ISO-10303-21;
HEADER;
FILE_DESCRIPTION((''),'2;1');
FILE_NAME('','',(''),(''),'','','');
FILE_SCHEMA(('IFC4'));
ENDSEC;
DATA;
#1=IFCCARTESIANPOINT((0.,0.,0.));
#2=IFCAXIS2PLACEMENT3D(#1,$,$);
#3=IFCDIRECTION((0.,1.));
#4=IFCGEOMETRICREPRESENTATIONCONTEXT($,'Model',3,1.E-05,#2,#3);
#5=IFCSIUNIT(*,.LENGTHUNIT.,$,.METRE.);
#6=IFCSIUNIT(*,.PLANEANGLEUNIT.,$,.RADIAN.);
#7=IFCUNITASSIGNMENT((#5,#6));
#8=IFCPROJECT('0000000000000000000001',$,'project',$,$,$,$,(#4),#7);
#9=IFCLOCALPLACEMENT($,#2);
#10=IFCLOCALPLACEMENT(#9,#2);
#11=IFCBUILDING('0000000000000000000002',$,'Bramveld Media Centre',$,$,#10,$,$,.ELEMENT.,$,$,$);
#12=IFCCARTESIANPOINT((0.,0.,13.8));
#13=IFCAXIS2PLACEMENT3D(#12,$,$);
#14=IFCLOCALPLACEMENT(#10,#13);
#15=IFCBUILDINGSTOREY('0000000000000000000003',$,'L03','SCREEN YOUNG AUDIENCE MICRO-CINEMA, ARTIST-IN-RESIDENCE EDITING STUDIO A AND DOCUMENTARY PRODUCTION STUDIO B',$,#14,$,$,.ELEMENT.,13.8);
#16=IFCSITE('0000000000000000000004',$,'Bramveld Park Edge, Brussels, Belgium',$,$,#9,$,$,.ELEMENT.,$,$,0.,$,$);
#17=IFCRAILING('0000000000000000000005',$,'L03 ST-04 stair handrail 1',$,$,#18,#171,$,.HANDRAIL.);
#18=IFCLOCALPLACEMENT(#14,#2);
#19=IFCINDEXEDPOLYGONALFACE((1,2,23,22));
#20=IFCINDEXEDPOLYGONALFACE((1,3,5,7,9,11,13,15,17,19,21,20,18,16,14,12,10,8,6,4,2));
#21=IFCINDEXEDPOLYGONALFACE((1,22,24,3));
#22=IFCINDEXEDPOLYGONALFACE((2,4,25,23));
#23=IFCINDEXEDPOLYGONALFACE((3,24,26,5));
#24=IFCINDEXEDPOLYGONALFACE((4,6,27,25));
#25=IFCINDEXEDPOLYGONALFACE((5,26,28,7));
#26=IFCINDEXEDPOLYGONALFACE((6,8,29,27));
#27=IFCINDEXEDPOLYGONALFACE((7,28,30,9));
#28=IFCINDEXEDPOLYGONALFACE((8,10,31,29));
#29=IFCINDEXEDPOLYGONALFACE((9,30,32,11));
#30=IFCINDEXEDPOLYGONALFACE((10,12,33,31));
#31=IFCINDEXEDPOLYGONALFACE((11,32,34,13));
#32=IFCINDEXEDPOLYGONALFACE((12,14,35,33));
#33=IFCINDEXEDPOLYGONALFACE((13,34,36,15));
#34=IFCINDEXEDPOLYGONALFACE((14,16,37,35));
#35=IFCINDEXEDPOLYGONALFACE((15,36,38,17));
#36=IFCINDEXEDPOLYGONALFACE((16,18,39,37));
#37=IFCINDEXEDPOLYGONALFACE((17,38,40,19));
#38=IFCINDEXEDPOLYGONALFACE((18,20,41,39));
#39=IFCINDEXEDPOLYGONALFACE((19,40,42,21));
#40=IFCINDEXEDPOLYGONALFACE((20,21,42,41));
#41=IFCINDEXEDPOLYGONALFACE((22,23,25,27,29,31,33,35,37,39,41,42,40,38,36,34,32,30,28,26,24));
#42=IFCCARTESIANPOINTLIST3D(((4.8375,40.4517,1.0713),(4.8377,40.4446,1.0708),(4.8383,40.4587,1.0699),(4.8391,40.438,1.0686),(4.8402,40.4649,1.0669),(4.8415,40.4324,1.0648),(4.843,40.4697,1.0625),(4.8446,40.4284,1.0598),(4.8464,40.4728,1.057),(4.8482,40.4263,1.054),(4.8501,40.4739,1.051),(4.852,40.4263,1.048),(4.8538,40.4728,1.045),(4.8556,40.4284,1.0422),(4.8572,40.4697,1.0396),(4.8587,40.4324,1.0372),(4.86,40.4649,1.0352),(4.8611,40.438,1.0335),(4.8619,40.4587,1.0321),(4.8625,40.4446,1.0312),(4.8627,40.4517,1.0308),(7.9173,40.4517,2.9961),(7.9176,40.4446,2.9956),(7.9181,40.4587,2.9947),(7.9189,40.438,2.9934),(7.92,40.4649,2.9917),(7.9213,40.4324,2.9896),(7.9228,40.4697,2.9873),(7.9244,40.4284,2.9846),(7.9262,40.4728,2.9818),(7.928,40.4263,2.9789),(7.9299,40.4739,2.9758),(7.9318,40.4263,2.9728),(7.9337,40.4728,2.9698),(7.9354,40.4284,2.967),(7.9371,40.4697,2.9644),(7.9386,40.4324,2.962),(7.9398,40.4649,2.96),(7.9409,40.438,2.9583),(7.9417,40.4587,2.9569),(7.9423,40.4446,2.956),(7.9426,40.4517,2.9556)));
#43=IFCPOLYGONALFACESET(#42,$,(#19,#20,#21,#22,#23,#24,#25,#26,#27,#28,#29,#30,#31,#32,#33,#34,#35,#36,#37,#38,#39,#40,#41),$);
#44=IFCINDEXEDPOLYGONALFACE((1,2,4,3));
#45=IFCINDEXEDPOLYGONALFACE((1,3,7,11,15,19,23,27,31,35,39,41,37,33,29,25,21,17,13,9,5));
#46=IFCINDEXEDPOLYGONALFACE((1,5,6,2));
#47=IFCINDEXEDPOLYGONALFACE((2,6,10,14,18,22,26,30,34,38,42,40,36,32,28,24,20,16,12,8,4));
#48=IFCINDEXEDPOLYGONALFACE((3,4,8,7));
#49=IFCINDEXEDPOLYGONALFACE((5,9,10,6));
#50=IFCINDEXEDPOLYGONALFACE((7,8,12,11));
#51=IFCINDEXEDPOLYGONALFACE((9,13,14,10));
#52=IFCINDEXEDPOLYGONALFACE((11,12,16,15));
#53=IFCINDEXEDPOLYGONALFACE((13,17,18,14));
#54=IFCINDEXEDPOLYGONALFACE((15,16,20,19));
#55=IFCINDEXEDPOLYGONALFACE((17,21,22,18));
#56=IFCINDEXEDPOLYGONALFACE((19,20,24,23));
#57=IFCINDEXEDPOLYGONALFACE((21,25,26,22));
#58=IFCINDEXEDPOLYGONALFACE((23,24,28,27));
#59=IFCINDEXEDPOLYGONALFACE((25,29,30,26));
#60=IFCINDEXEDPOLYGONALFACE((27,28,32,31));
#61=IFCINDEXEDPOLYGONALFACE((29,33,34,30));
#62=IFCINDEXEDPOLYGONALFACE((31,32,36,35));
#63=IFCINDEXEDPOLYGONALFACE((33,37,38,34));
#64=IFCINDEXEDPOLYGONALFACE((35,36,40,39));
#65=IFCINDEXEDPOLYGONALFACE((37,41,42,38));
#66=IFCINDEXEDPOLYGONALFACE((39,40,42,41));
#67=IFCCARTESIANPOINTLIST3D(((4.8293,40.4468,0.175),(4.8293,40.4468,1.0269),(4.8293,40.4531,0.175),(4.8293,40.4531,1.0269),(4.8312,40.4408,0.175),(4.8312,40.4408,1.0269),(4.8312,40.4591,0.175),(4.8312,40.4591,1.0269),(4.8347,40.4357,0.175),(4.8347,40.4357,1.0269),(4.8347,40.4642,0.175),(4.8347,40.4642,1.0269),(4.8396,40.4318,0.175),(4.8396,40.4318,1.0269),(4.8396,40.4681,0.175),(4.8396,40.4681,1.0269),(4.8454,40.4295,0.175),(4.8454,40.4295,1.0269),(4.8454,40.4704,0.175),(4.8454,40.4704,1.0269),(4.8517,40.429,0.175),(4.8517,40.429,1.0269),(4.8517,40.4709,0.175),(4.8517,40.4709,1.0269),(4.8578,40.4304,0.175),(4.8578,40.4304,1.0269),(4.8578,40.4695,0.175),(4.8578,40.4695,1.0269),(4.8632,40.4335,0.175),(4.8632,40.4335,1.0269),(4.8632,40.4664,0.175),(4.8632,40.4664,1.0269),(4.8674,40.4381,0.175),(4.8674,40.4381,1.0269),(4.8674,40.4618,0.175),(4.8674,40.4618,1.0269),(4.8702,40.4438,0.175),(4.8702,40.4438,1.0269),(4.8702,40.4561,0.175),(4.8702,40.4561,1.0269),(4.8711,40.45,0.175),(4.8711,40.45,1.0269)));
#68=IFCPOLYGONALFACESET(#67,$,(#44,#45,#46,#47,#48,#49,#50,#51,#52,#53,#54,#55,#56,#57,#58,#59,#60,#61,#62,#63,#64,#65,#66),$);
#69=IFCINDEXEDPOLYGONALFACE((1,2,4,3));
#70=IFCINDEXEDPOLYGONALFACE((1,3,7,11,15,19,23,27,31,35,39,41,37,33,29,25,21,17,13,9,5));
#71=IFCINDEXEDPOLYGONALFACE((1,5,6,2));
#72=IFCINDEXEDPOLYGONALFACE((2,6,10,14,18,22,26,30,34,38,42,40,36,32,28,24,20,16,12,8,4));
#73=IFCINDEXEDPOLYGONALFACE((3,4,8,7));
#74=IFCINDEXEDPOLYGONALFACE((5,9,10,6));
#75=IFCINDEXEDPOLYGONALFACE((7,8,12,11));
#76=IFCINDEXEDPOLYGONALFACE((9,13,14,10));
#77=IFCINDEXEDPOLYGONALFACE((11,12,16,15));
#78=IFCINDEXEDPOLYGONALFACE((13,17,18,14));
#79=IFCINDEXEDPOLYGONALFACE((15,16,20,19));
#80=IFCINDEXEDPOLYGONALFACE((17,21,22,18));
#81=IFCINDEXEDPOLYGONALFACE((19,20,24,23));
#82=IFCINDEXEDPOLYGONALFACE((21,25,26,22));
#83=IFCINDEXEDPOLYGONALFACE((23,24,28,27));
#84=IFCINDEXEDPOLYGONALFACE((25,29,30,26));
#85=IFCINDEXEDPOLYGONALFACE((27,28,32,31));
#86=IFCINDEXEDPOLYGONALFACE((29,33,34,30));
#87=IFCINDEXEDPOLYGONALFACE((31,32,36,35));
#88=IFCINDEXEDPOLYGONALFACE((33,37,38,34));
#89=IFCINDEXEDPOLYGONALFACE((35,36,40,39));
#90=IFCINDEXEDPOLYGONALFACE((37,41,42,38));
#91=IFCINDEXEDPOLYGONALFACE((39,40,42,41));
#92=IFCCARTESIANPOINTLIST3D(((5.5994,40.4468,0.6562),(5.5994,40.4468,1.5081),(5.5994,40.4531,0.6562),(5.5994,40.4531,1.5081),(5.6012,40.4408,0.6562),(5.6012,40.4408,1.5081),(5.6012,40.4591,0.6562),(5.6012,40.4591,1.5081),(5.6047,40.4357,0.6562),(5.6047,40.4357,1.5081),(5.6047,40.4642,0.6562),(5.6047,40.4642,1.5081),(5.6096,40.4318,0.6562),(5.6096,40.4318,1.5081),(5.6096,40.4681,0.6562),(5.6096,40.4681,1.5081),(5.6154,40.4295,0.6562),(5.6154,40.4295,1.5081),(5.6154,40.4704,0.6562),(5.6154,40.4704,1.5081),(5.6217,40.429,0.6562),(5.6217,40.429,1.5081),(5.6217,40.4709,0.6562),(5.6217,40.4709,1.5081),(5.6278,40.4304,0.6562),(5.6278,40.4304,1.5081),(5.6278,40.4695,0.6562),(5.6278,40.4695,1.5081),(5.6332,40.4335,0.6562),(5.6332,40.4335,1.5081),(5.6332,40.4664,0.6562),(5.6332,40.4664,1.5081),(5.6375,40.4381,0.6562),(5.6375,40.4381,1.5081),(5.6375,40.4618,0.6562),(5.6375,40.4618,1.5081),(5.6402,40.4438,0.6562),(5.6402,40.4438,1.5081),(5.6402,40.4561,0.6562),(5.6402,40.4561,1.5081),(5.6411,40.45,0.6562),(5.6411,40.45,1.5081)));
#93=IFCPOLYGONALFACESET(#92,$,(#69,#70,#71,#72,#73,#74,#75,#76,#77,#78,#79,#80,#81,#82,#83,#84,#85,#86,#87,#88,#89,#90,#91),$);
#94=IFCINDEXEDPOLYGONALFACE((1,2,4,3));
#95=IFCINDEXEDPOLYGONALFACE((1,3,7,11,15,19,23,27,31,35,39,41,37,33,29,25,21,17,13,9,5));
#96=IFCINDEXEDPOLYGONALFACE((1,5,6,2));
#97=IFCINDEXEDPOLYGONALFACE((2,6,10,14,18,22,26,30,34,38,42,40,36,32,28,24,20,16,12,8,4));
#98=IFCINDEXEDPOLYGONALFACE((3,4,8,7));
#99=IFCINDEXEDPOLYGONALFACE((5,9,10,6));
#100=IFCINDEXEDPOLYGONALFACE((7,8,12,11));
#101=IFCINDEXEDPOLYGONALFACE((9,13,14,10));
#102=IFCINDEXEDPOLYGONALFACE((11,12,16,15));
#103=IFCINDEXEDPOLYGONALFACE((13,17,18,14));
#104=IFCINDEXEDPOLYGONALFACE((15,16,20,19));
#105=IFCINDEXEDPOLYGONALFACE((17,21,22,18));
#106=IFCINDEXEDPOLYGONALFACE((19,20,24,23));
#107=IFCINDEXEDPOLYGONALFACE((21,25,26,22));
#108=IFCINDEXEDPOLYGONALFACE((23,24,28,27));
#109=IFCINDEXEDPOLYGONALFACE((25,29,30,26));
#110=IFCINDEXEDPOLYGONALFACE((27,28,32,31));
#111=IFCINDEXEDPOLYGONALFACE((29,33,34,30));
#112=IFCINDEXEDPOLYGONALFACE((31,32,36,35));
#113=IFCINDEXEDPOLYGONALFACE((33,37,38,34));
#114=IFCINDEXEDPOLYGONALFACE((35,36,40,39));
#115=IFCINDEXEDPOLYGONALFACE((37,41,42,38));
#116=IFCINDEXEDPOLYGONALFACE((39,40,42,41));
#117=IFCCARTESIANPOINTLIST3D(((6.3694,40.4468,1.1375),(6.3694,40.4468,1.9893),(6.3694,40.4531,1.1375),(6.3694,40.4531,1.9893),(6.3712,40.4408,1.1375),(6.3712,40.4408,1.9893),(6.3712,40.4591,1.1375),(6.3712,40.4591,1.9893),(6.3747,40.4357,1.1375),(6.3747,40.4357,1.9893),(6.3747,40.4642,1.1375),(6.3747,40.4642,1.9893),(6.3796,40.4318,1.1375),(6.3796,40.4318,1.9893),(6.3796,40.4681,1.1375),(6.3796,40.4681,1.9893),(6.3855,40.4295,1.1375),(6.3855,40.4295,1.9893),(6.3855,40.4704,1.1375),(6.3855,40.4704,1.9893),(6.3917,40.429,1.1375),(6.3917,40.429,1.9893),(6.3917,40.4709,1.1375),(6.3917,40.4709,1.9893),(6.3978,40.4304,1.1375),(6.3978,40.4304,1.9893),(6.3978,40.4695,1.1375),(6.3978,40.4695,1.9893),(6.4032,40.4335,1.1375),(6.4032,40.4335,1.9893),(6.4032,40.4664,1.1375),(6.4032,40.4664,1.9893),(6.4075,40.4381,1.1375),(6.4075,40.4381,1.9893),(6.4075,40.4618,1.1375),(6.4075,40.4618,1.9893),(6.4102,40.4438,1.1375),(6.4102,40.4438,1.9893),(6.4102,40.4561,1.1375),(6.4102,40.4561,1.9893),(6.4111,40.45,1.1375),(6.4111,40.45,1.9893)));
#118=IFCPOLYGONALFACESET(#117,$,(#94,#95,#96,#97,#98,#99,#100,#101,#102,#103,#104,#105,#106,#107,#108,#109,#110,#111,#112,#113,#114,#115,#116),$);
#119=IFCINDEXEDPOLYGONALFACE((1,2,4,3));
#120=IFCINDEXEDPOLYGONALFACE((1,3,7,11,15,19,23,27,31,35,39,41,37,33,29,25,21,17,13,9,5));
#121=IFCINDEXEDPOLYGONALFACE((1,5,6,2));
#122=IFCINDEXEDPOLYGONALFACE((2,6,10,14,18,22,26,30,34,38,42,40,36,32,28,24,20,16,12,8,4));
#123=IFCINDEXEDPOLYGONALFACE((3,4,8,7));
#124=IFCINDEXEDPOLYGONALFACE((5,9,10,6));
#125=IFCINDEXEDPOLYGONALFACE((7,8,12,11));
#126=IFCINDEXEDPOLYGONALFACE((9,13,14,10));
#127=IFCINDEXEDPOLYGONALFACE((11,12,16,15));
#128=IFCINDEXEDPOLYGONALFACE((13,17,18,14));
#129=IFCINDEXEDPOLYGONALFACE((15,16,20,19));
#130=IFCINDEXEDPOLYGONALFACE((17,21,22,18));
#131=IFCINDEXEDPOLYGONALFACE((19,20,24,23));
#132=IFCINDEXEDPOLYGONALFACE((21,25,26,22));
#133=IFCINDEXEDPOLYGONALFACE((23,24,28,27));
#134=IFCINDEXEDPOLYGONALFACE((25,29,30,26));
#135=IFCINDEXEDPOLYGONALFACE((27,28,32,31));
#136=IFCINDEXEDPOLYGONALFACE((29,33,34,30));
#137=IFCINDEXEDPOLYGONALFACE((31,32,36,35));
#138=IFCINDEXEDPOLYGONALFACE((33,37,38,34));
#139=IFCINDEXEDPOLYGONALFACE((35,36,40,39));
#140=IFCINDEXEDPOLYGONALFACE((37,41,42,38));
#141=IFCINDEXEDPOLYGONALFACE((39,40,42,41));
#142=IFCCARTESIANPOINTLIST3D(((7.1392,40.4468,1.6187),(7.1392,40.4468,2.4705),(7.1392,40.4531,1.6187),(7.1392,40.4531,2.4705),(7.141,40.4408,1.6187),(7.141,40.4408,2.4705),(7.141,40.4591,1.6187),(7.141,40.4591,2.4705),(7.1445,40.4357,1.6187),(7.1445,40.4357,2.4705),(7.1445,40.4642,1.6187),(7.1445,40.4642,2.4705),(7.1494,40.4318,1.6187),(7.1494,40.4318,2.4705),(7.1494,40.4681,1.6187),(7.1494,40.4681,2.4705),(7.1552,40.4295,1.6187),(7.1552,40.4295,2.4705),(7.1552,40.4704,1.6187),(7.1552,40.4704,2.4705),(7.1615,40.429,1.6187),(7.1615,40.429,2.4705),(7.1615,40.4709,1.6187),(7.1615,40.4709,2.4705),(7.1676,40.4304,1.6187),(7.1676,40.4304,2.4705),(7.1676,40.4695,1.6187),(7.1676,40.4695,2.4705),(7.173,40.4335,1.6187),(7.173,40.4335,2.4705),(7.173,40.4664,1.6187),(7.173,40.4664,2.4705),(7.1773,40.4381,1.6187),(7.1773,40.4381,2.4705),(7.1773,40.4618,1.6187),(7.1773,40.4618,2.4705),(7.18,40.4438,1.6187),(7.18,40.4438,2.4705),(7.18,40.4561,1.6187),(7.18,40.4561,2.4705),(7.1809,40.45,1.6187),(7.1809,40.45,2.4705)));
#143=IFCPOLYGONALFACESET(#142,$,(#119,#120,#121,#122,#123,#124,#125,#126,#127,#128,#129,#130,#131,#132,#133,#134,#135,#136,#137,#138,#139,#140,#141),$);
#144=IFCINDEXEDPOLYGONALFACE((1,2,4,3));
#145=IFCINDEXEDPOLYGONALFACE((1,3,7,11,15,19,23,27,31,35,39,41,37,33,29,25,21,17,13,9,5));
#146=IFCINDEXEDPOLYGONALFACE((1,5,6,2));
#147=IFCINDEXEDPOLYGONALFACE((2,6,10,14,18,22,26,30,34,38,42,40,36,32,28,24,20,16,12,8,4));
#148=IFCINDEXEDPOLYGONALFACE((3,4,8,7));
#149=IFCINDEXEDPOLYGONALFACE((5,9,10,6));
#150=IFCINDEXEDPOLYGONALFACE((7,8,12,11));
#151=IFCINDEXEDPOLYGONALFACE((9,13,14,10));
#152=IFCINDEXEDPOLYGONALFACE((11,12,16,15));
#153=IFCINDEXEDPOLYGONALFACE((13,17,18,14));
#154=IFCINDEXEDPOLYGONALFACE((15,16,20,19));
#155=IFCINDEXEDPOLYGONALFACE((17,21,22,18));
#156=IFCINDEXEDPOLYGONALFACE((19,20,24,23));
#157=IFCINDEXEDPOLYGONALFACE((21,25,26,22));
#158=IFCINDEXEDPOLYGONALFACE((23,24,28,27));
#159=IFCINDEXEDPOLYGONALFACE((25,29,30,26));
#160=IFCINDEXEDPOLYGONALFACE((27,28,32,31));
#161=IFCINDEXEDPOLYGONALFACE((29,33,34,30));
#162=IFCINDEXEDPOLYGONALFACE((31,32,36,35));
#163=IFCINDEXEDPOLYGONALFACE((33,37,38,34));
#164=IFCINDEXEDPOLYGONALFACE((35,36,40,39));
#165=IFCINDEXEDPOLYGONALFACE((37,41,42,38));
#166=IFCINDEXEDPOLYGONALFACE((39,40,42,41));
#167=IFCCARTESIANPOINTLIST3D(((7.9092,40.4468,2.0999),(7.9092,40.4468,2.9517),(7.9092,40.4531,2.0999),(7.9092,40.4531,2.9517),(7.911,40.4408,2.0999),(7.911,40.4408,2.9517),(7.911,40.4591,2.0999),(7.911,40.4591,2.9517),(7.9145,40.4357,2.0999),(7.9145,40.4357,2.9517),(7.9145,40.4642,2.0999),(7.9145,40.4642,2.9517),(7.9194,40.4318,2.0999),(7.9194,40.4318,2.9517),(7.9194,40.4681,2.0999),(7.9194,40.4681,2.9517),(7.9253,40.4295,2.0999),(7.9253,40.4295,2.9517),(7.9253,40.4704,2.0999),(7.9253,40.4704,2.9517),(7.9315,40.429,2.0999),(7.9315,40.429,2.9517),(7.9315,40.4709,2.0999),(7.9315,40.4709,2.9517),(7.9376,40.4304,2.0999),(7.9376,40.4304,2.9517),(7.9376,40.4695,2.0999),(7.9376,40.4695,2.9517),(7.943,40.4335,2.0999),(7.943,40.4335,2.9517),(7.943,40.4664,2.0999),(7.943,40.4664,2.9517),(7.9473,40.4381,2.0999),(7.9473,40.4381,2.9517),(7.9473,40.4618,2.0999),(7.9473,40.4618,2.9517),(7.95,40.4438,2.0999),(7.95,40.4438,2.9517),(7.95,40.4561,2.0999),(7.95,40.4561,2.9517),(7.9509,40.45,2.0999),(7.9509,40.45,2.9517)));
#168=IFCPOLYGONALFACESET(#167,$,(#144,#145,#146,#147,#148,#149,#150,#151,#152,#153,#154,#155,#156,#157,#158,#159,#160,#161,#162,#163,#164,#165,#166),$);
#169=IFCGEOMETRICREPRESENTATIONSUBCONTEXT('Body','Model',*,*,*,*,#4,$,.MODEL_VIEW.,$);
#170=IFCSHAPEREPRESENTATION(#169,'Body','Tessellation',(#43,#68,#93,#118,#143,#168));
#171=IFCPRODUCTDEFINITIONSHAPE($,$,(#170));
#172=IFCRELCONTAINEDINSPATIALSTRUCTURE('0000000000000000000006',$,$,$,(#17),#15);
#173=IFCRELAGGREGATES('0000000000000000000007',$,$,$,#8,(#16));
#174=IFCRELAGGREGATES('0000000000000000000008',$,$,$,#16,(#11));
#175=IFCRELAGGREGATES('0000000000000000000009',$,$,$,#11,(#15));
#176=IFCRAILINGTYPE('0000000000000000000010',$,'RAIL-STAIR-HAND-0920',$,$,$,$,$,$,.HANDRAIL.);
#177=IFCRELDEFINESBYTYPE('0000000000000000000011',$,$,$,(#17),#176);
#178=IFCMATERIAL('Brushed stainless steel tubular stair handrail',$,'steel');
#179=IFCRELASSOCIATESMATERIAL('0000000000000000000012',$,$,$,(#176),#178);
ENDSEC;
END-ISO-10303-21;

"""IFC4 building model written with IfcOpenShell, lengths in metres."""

from ifc_helpers import new_model, si_unit, direction, frame, origin, origin_2d, place, context, subcontext, project, spatial, circle, extrude, material, type_object, element, save


model = new_model("IFC4")

# Units and contexts
model_context = context("Model", 3, precision=1e-05, world=origin(), true_north=direction((0.0, 1.0)))
body_context = subcontext(model_context, "Body", "Model", "MODEL_VIEW")
ifc_project = project(units=[si_unit("LENGTHUNIT", "METRE"), si_unit("PLANEANGLEUNIT", "RADIAN")], contexts=[model_context])

# Site, building, storey
site_placement = place(None, origin())
site = spatial("IfcSite", under=ifc_project, at=site_placement, Name="Bramveld Park Edge, Brussels, Belgium", CompositionType="ELEMENT", RefElevation=0.0)
building_placement = place(site_placement, origin())
building = spatial("IfcBuilding", under=site, at=building_placement, Name="Bramveld Media Centre", CompositionType="ELEMENT")
storey_placement = place(building_placement, frame((0.0, 0.0, 13.8)))
storey = spatial("IfcBuildingStorey", under=building, at=storey_placement, Name="L03", Description="SCREEN YOUNG AUDIENCE MICRO-CINEMA, ARTIST-IN-RESIDENCE EDITING STUDIO A AND DOCUMENTARY PRODUCTION STUDIO B", CompositionType="ELEMENT", Elevation=13.8)

# Railing
ifc_material_1 = material(Name="Brushed stainless steel tubular stair handrail", Category="steel")
railing_type_1 = type_object("IfcRailingType", Name="RAIL-STAIR-HAND-0920", PredefinedType="HANDRAIL", material=ifc_material_1)
railing_1_placement = place(storey_placement, frame((4.8501, 40.45, 0.175)))
element("IfcRailing", 1, at=railing_1_placement, inside=storey, type_object=railing_type_1, Name="L03 ST-04 stair handrail 1", PredefinedType="HANDRAIL", context=body_context, shape_type="SweptSolid", body=[
    extrude(circle(Radius=0.0239, at=origin_2d()), frame((0.0, 0.0, 0.876), z_axis=(0.84801, 0.0, 0.529981), x_axis=(0.0, 1.0, 0.0)), (0.0, 0.0, 1.0), 3.6318),
    extrude(circle(Radius=0.021, at=origin_2d()), origin(), (0.0, 0.0, 1.0), 0.8518),
    extrude(circle(Radius=0.021, at=origin_2d()), frame((0.77, 0.0, 0.4812)), (0.0, 0.0, 1.0), 0.8518),
    extrude(circle(Radius=0.021, at=origin_2d()), frame((1.54, 0.0, 0.9624)), (0.0, 0.0, 1.0), 0.8518),
    extrude(circle(Radius=0.021, at=origin_2d()), frame((2.3098, 0.0, 1.4436)), (0.0, 0.0, 1.0), 0.8518),
    extrude(circle(Radius=0.021, at=origin_2d()), frame((3.0798, 0.0, 1.9248)), (0.0, 0.0, 1.0), 0.8518),
])

save(model, "model.ifc")
